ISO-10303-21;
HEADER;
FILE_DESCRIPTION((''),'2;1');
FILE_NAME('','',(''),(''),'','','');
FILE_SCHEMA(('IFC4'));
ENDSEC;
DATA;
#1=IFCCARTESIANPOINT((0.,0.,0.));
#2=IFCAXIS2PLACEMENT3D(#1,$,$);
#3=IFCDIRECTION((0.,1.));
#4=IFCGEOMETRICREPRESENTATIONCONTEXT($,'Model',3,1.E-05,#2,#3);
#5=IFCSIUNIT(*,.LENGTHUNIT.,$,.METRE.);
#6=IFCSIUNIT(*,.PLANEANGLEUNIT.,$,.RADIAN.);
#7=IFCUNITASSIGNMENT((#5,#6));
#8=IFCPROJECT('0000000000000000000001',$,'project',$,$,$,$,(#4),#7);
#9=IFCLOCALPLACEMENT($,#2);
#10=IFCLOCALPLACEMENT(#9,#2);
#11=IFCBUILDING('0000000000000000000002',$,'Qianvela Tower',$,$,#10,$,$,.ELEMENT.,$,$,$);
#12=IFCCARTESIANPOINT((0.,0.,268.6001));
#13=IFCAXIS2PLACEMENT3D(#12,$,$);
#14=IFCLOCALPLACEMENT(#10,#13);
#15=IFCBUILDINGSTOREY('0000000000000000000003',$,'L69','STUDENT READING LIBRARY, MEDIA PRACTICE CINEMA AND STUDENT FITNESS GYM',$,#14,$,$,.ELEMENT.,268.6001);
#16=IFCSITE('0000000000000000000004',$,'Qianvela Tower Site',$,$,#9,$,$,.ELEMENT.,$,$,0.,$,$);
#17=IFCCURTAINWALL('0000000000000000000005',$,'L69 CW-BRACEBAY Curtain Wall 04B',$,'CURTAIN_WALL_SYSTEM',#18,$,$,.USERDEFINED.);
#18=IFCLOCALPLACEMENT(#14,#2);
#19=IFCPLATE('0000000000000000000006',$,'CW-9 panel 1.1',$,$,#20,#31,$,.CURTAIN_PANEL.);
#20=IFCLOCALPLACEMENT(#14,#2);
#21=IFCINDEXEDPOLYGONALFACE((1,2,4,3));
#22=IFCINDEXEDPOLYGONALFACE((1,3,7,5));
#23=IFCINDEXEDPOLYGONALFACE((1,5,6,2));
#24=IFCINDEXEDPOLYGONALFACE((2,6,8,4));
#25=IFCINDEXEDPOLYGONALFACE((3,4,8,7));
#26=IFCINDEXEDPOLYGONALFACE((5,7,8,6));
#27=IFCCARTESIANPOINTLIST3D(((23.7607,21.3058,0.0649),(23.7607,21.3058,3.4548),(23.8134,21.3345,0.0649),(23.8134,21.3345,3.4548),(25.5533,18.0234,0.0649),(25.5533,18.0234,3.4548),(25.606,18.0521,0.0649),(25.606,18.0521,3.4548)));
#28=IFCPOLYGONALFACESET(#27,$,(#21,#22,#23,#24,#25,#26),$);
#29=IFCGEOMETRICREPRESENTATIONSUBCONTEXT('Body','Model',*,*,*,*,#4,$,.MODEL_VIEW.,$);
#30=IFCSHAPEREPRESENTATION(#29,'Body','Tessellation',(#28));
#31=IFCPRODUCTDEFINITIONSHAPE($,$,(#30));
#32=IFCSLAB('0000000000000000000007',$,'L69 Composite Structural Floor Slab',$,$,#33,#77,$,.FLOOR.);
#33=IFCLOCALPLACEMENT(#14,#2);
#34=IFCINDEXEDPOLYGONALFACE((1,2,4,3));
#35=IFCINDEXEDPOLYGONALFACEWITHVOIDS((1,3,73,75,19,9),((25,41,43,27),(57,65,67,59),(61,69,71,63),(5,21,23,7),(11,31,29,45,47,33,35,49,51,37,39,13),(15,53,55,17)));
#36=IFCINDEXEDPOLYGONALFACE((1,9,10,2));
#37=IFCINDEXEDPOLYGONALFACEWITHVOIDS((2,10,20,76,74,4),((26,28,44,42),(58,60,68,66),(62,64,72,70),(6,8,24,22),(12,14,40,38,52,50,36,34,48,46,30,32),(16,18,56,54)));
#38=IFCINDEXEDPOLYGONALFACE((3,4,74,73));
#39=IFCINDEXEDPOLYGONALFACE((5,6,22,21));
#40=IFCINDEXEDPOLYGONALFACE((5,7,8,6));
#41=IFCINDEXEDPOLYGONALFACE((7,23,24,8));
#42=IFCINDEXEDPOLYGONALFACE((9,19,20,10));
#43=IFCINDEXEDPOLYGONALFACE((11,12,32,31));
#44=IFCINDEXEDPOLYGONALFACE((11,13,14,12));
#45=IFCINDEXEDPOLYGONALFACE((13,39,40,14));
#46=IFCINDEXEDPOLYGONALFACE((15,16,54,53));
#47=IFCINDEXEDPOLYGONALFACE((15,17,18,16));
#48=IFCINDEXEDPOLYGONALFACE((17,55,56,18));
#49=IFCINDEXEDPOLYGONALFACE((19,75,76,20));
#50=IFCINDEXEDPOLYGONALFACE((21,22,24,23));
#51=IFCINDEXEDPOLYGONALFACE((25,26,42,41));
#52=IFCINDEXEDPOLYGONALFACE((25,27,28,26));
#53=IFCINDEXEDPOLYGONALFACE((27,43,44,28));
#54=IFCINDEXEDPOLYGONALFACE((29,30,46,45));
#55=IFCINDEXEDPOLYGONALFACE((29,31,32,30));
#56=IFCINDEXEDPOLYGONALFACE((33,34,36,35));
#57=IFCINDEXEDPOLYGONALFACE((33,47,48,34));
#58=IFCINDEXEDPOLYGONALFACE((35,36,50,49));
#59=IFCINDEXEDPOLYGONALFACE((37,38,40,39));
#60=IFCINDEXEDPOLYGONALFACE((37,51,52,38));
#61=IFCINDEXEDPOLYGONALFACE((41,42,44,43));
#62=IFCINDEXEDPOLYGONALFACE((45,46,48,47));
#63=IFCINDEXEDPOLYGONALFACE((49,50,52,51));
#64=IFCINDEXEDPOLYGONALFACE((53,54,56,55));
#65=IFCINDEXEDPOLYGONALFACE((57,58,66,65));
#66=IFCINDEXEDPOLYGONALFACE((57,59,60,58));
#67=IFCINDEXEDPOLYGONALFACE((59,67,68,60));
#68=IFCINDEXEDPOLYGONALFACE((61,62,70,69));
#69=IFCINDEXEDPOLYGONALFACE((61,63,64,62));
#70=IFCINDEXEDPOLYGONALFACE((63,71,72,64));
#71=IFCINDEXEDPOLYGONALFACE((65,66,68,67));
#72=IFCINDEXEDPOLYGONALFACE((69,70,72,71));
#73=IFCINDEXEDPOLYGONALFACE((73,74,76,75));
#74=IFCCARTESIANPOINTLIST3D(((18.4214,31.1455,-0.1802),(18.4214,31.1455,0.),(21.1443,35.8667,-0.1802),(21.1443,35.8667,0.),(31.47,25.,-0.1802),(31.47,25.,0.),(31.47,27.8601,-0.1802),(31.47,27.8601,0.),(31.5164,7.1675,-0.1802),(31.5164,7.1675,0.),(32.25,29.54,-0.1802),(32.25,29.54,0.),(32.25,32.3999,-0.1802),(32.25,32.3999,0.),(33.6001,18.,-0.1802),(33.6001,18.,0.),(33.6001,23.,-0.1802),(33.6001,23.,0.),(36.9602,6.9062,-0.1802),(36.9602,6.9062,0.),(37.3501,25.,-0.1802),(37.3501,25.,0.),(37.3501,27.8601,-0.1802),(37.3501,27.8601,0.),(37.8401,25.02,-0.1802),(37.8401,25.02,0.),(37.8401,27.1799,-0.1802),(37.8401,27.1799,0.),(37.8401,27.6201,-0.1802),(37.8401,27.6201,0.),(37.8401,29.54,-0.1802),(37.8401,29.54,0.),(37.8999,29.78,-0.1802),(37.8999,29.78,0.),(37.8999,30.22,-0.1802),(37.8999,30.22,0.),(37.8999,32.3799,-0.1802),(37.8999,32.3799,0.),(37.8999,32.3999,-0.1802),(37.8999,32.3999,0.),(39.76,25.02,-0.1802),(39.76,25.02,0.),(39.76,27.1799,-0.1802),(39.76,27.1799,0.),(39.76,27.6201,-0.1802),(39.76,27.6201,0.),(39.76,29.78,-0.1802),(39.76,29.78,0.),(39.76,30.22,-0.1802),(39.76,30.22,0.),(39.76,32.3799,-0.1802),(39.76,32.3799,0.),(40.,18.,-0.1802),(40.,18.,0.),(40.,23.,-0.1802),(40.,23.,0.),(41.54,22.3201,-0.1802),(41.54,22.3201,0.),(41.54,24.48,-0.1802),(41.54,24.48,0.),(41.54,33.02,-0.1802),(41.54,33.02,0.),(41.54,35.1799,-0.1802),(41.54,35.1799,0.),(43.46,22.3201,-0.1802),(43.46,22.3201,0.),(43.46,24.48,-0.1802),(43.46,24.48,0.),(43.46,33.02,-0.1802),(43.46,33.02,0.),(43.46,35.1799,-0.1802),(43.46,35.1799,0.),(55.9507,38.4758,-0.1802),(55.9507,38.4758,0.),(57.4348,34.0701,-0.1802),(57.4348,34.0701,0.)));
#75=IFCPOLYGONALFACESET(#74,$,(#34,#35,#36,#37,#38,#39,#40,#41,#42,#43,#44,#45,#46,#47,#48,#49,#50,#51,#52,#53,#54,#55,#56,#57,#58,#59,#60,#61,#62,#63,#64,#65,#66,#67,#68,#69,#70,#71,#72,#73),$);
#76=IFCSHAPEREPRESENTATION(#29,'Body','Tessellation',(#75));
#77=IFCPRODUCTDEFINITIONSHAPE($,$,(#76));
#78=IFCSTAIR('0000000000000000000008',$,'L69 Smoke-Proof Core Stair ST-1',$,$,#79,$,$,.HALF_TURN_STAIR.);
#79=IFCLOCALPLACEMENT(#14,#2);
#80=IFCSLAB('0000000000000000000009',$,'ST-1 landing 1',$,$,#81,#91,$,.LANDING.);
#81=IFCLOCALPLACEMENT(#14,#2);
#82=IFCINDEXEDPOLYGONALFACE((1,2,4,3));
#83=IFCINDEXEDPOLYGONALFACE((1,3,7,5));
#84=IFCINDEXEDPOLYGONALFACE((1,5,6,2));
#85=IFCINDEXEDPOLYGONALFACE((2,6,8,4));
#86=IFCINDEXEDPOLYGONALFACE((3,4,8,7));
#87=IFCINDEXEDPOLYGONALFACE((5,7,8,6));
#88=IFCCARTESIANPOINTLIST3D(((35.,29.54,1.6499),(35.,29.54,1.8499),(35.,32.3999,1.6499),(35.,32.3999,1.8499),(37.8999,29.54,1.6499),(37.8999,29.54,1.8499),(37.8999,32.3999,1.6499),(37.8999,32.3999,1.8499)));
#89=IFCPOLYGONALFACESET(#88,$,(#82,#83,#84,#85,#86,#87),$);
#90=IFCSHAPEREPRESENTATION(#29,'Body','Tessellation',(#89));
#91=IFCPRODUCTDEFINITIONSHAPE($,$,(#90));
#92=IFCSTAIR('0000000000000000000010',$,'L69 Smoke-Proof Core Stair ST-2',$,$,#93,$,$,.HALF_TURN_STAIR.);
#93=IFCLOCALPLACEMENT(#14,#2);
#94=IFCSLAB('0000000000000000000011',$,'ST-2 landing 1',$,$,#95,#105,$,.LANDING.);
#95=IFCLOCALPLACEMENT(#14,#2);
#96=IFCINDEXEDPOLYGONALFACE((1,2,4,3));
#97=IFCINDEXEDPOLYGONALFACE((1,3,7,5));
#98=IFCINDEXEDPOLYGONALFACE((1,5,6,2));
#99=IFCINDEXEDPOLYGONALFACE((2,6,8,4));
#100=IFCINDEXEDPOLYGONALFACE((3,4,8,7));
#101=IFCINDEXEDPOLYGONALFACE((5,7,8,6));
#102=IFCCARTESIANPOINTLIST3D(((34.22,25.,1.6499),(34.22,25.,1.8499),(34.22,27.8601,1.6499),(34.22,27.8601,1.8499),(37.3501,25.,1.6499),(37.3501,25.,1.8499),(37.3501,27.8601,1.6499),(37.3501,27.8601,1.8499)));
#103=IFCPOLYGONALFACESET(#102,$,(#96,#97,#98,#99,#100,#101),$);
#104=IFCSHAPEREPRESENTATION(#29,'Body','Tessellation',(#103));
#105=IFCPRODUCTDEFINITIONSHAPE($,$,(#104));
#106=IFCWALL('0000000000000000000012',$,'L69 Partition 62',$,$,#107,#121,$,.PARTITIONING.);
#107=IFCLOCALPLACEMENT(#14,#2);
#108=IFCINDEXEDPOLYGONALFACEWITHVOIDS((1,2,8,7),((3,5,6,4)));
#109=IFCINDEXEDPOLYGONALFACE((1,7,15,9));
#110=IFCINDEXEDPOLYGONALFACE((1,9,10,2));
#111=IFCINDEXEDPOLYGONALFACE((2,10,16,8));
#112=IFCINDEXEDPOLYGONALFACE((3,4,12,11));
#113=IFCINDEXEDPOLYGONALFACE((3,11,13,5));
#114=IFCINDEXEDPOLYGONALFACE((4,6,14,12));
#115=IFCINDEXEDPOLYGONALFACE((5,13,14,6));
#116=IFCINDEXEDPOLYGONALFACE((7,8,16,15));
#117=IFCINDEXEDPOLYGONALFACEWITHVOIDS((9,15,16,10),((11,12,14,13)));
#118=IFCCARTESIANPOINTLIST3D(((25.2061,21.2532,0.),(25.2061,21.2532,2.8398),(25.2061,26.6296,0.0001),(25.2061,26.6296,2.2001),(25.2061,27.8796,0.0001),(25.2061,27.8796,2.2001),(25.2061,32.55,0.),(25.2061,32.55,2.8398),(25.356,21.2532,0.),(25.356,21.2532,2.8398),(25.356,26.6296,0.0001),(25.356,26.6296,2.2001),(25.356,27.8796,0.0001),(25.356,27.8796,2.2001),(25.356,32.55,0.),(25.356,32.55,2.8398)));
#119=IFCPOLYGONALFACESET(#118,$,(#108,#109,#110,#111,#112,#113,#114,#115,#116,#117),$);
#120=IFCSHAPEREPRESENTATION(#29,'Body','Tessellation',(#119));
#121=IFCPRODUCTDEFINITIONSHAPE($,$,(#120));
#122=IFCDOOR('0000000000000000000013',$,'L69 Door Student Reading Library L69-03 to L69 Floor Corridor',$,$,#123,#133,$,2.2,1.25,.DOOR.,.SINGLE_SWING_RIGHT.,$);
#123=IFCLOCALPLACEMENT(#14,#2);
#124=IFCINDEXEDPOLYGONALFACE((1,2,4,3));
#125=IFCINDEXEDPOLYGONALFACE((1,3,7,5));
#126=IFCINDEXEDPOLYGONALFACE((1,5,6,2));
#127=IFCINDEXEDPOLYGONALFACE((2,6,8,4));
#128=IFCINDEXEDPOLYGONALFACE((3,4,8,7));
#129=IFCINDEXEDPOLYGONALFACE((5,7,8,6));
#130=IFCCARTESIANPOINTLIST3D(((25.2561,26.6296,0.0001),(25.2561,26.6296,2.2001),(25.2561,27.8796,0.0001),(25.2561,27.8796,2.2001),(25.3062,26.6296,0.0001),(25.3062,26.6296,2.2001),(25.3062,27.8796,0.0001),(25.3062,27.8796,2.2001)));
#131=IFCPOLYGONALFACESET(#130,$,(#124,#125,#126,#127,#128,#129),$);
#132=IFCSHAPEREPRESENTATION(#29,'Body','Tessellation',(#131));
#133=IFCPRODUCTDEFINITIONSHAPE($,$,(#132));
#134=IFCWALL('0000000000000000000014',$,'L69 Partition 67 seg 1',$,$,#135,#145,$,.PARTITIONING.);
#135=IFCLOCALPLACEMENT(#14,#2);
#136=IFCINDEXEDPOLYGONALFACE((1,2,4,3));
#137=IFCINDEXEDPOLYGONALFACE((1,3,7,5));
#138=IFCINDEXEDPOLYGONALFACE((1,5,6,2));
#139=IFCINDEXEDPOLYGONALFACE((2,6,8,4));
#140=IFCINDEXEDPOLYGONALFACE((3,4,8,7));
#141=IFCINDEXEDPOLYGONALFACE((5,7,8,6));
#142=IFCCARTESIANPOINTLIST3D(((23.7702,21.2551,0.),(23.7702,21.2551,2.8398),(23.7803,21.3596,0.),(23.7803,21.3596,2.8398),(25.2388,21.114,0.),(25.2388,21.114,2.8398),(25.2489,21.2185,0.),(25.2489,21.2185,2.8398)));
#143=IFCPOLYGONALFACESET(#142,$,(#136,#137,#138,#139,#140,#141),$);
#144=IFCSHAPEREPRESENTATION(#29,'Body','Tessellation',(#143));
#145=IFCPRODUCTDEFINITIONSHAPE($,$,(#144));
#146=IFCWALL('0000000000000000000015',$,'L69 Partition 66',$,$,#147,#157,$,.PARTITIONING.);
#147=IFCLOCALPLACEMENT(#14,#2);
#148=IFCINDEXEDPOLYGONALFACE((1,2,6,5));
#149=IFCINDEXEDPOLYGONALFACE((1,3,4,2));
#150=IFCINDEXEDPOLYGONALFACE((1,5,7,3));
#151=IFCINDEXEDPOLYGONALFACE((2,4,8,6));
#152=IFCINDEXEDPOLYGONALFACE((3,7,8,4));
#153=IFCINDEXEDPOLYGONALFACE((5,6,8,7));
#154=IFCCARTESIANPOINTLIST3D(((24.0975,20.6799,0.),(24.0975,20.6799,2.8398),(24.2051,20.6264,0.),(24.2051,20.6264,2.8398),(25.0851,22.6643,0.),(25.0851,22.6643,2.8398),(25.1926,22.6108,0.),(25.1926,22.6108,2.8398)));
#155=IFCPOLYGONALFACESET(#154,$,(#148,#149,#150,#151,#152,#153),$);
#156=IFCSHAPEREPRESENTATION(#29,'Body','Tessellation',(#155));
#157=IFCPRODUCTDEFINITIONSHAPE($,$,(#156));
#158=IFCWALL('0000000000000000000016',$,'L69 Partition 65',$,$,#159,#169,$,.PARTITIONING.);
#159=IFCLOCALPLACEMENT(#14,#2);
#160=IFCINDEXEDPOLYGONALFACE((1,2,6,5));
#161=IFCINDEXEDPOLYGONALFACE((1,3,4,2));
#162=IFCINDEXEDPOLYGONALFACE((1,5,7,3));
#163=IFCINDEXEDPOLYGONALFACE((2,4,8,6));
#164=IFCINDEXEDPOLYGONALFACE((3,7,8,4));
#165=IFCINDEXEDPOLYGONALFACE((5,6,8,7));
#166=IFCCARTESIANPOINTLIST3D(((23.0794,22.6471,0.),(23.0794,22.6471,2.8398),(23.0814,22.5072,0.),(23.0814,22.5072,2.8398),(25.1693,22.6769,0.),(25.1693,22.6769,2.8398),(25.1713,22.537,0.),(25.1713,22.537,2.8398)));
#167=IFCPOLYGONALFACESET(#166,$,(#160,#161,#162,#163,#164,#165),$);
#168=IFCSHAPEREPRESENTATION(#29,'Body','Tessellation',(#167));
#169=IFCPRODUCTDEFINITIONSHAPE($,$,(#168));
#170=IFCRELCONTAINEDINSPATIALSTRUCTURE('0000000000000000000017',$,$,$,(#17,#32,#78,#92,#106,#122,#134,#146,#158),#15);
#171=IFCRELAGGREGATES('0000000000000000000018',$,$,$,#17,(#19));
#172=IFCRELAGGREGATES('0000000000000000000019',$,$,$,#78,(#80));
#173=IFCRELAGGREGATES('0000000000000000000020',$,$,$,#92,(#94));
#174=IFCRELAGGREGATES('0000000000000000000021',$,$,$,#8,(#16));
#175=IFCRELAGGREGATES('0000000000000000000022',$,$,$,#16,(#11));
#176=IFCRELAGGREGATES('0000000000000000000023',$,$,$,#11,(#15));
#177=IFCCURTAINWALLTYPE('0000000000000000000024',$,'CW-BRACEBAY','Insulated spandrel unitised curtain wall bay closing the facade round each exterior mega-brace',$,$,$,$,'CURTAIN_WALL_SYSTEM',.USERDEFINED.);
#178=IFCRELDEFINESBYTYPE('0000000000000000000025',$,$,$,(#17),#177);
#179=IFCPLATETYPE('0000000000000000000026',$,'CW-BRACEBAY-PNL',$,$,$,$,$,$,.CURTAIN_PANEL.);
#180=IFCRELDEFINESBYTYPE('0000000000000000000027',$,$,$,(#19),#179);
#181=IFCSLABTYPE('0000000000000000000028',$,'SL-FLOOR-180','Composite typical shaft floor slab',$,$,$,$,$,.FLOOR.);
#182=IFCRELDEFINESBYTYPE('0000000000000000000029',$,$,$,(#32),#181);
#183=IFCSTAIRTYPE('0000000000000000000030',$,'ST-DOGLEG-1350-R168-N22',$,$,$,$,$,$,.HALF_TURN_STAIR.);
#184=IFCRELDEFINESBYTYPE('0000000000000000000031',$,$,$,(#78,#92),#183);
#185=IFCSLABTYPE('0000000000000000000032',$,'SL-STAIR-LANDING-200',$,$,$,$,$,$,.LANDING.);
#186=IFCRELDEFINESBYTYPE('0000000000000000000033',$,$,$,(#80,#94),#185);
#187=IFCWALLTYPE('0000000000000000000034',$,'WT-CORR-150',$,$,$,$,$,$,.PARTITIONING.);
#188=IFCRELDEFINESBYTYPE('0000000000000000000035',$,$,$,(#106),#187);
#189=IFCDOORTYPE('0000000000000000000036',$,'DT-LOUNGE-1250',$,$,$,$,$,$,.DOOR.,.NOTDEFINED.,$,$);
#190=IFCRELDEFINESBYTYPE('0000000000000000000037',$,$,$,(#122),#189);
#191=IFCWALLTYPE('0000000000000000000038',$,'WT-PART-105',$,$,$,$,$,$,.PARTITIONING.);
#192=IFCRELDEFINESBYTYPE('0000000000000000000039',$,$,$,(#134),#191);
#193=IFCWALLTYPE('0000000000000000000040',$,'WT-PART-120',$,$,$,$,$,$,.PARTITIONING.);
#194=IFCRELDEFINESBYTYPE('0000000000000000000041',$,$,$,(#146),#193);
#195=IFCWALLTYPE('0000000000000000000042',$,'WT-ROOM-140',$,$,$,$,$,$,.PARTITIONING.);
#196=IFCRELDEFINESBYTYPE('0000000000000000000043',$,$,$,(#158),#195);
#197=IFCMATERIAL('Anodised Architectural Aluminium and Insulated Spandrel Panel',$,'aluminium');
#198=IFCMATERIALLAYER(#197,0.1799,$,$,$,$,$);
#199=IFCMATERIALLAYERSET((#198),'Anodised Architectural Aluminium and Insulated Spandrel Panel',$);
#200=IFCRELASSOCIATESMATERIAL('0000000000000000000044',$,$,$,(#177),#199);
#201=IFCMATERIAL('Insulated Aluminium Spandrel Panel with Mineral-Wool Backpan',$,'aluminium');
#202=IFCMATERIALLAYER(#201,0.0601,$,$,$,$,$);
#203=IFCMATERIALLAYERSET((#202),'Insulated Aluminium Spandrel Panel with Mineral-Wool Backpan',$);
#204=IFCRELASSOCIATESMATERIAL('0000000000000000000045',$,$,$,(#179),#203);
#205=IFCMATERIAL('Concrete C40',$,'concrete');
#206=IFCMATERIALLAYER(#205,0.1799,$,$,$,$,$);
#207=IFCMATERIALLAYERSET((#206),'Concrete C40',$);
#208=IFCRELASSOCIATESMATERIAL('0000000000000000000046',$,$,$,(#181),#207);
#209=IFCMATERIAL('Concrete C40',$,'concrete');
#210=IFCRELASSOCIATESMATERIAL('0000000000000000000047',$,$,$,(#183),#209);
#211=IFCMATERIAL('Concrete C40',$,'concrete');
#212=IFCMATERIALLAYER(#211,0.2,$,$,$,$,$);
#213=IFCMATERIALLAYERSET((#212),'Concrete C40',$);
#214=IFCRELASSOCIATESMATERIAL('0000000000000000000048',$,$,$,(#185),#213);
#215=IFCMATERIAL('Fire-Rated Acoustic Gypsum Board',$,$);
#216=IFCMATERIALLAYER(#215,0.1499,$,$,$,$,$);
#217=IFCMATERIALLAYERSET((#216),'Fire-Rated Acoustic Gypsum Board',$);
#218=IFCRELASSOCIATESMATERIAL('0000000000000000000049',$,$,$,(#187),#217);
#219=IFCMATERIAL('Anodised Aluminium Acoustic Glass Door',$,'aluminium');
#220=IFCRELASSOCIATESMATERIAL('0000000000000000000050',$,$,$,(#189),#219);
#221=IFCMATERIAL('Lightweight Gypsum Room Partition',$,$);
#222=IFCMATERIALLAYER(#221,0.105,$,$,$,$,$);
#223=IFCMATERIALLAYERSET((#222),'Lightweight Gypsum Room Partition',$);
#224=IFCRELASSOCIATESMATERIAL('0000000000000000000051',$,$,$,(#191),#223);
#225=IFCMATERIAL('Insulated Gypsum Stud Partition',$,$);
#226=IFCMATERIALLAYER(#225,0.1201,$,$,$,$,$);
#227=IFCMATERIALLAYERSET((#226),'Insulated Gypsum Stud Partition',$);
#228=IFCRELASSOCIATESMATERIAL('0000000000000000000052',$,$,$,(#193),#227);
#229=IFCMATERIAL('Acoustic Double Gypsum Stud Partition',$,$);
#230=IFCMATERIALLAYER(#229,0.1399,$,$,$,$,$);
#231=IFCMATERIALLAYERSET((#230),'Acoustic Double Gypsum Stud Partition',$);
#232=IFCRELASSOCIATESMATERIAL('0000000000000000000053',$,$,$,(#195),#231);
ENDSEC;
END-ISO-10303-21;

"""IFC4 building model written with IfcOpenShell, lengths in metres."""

from ifc_helpers import new_model, si_unit, direction, frame, frame_2d, origin, origin_2d, place, context, subcontext, project, spatial, polyline, rectangle, outline, extrude, material, layer, layer_set, type_object, element, fill, aggregate, save


model = new_model("IFC4")

# Units and contexts
model_context = context("Model", 3, precision=1e-05, world=origin(), true_north=direction((0.0, 1.0)))
body_context = subcontext(model_context, "Body", "Model", "MODEL_VIEW")
ifc_project = project(units=[si_unit("LENGTHUNIT", "METRE"), si_unit("PLANEANGLEUNIT", "RADIAN")], contexts=[model_context])

# Site, building, storey
site_placement = place(None, origin())
site = spatial("IfcSite", under=ifc_project, at=site_placement, Name="Qianvela Tower Site", CompositionType="ELEMENT", RefElevation=0.0)
building_placement = place(site_placement, origin())
building = spatial("IfcBuilding", under=site, at=building_placement, Name="Qianvela Tower", CompositionType="ELEMENT")
storey_placement = place(building_placement, frame((0.0, 0.0, 268.6001)))
storey = spatial("IfcBuildingStorey", under=building, at=storey_placement, Name="L69", Description="STUDENT READING LIBRARY, MEDIA PRACTICE CINEMA AND STUDENT FITNESS GYM", CompositionType="ELEMENT", Elevation=268.6001)

# Curtain wall
ifc_material_1 = material(Name="Anodised Architectural Aluminium and Insulated Spandrel Panel", Category="aluminium")
ifc_layer_1 = layer(ifc_material_1, 0.1799)
ifc_layer_set_1 = layer_set([ifc_layer_1], Name="Anodised Architectural Aluminium and Insulated Spandrel Panel")
curtain_wall_type_1 = type_object("IfcCurtainWallType", Name="CW-BRACEBAY", Description="Insulated spandrel unitised curtain wall bay closing the facade round each exterior mega-brace", ElementType="CURTAIN_WALL_SYSTEM", PredefinedType="USERDEFINED", material=ifc_layer_set_1)
curtain_wall_1_placement = place(storey_placement, origin())
curtain_wall_1 = element("IfcCurtainWall", 1, at=curtain_wall_1_placement, inside=storey, type_object=curtain_wall_type_1, Name="L69 CW-BRACEBAY Curtain Wall 04B", ObjectType="CURTAIN_WALL_SYSTEM", PredefinedType="USERDEFINED")

# Plate
ifc_material_2 = material(Name="Insulated Aluminium Spandrel Panel with Mineral-Wool Backpan", Category="aluminium")
ifc_layer_2 = layer(ifc_material_2, 0.0601)
ifc_layer_set_2 = layer_set([ifc_layer_2], Name="Insulated Aluminium Spandrel Panel with Mineral-Wool Backpan")
plate_type = type_object("IfcPlateType", Name="CW-BRACEBAY-PNL", PredefinedType="CURTAIN_PANEL", material=ifc_layer_set_2)
plate_placement = place(storey_placement, frame((24.6833, 19.679, 0.0649), z_axis=(0.0, 0.0, 1.0), x_axis=(0.479303, -0.87765, 0.0)))
plate = element("IfcPlate", 2, at=plate_placement, type_object=plate_type, Name="CW-9 panel 1.1", PredefinedType="CURTAIN_PANEL", context=body_context, shape_type="SweptSolid", body=[
    extrude(rectangle(XDim=3.74, YDim=0.0601, at=origin_2d()), origin(), (0.0, 0.0, 1.0), 3.3899),
])
aggregate(curtain_wall_1, [plate])

# Slab
ifc_material_3 = material(Name="Concrete C40", Category="concrete")
ifc_layer_3 = layer(ifc_material_3, 0.1799)
ifc_layer_set_3 = layer_set([ifc_layer_3], Name="Concrete C40")
slab_type_1 = type_object("IfcSlabType", Name="SL-FLOOR-180", Description="Composite typical shaft floor slab", PredefinedType="FLOOR", material=ifc_layer_set_3)
slab_1_placement = place(storey_placement, frame((0.0, 0.0, -0.1802)))
element("IfcSlab", 3, at=slab_1_placement, inside=storey, type_object=slab_type_1, Name="L69 Composite Structural Floor Slab", PredefinedType="FLOOR", context=body_context, shape_type="SweptSolid", body=[
    extrude(outline(polyline([(57.4348, 34.0701), (55.9507, 38.4758), (21.1443, 35.8667), (18.4214, 31.1455), (31.5164, 7.1675), (36.9602, 6.9062), (57.4348, 34.0701)]), holes=[polyline([(40.0, 23.0), (33.6001, 23.0), (33.6001, 18.0), (40.0, 18.0), (40.0, 23.0)]), polyline([(43.46, 24.48), (41.54, 24.48), (41.54, 22.3201), (43.46, 22.3201), (43.46, 24.48)]), polyline([(39.76, 27.1799), (37.8401, 27.1799), (37.8401, 25.02), (39.76, 25.02), (39.76, 27.1799)]), polyline([(37.3501, 27.8601), (31.47, 27.8601), (31.47, 25.0), (37.3501, 25.0), (37.3501, 27.8601)]), polyline([(39.76, 27.6201), (39.76, 29.78), (37.8999, 29.78), (37.8999, 30.22), (39.76, 30.22), (39.76, 32.3799), (37.8999, 32.3799), (37.8999, 32.3999), (32.25, 32.3999), (32.25, 29.54), (37.8401, 29.54), (37.8401, 27.6201), (39.76, 27.6201)]), polyline([(43.46, 35.1799), (41.54, 35.1799), (41.54, 33.02), (43.46, 33.02), (43.46, 35.1799)])]), origin(), (0.0, 0.0, 1.0), 0.1802),
])

# Stairs, slabs
ifc_material_4 = material(Name="Concrete C40", Category="concrete")
stair_type = type_object("IfcStairType", Name="ST-DOGLEG-1350-R168-N22", PredefinedType="HALF_TURN_STAIR", material=ifc_material_4)
stair_1_placement = place(storey_placement, origin())
stair_1 = element("IfcStair", 4, at=stair_1_placement, inside=storey, type_object=stair_type, Name="L69 Smoke-Proof Core Stair ST-1", PredefinedType="HALF_TURN_STAIR")
ifc_material_5 = material(Name="Concrete C40", Category="concrete")
ifc_layer_4 = layer(ifc_material_5, 0.2)
ifc_layer_set_4 = layer_set([ifc_layer_4], Name="Concrete C40")
slab_type_2 = type_object("IfcSlabType", Name="SL-STAIR-LANDING-200", PredefinedType="LANDING", material=ifc_layer_set_4)
slab_2_placement = place(storey_placement, frame((0.0, 0.0, 1.6499)))
slab_2 = element("IfcSlab", 5, at=slab_2_placement, type_object=slab_type_2, Name="ST-1 landing 1", PredefinedType="LANDING", context=body_context, shape_type="SweptSolid", body=[
    extrude(outline(polyline([(35.0, 29.54), (37.8999, 29.54), (37.8999, 32.3999), (35.0, 32.3999), (35.0, 29.54)])), origin(), (0.0, 0.0, 1.0), 0.2),
])
aggregate(stair_1, [slab_2])
stair_2_placement = place(storey_placement, origin())
stair_2 = element("IfcStair", 6, at=stair_2_placement, inside=storey, type_object=stair_type, Name="L69 Smoke-Proof Core Stair ST-2", PredefinedType="HALF_TURN_STAIR")
slab_3_placement = place(storey_placement, frame((0.0, 0.0, 1.6499)))
slab_3 = element("IfcSlab", 7, at=slab_3_placement, type_object=slab_type_2, Name="ST-2 landing 1", PredefinedType="LANDING", context=body_context, shape_type="SweptSolid", body=[
    extrude(outline(polyline([(34.22, 25.0), (37.3501, 25.0), (37.3501, 27.8601), (34.22, 27.8601), (34.22, 25.0)])), origin(), (0.0, 0.0, 1.0), 0.2),
])
aggregate(stair_2, [slab_3])

# Wall, opening, door
ifc_material_6 = material(Name="Fire-Rated Acoustic Gypsum Board")
ifc_layer_5 = layer(ifc_material_6, 0.1499)
ifc_layer_set_5 = layer_set([ifc_layer_5], Name="Fire-Rated Acoustic Gypsum Board")
wall_type_1 = type_object("IfcWallType", Name="WT-CORR-150", PredefinedType="PARTITIONING", material=ifc_layer_set_5)
wall_1_placement = place(storey_placement, frame((25.281, 21.2532, 0.0), z_axis=(0.0, 0.0, 1.0), x_axis=(0.0, 1.0, 0.0)))
wall_1 = element("IfcWall", 8, at=wall_1_placement, inside=storey, type_object=wall_type_1, Name="L69 Partition 62", PredefinedType="PARTITIONING", context=body_context, shape_type="SweptSolid", body=[
    extrude(rectangle(XDim=11.2969, YDim=0.1499, at=frame_2d((5.6484, 0.0))), origin(), (0.0, 0.0, 1.0), 2.8398),
])
opening_placement = place(wall_1_placement, frame((5.3765, 0.0, 0.0)))
opening = element("IfcOpeningElement", 9, at=opening_placement, cuts=wall_1, PredefinedType="OPENING", context=body_context, shape_type="SweptSolid", body=[
    extrude(rectangle(XDim=1.25, YDim=2.2, at=frame_2d((0.625, 1.1001))), frame((0.0, 0.085, 0.0), z_axis=(0.0, -1.0, 0.0), x_axis=(1.0, 0.0, 0.0)), (0.0, 0.0, 1.0), 0.1699),
])
ifc_material_7 = material(Name="Anodised Aluminium Acoustic Glass Door", Category="aluminium")
door_type = type_object("IfcDoorType", Name="DT-LOUNGE-1250", OperationType="NOTDEFINED", PredefinedType="DOOR", material=ifc_material_7)
door_placement = place(opening_placement, origin())
door = element("IfcDoor", 10, at=door_placement, inside=storey, type_object=door_type, Name="L69 Door Student Reading Library L69-03 to L69 Floor Corridor", OperationType="SINGLE_SWING_RIGHT", OverallHeight=2.2, OverallWidth=1.25, PredefinedType="DOOR", context=body_context, shape_type="SweptSolid", body=[
    extrude(rectangle(XDim=1.25, YDim=2.2, at=frame_2d((0.625, 1.1001))), frame((0.0, 0.0249, 0.0), z_axis=(0.0, -1.0, 0.0), x_axis=(1.0, 0.0, 0.0)), (0.0, 0.0, 1.0), 0.05),
])
fill(opening, door)

# Walls
ifc_material_8 = material(Name="Lightweight Gypsum Room Partition")
ifc_layer_6 = layer(ifc_material_8, 0.105)
ifc_layer_set_6 = layer_set([ifc_layer_6], Name="Lightweight Gypsum Room Partition")
wall_type_2 = type_object("IfcWallType", Name="WT-PART-105", PredefinedType="PARTITIONING", material=ifc_layer_set_6)
wall_2_placement = place(storey_placement, frame((23.7751, 21.3074, 0.0), z_axis=(0.0, 0.0, 1.0), x_axis=(0.995415, -0.095652, 0.0)))
element("IfcWall", 11, at=wall_2_placement, inside=storey, type_object=wall_type_2, Name="L69 Partition 67 seg 1", PredefinedType="PARTITIONING", context=body_context, shape_type="SweptSolid", body=[
    extrude(rectangle(XDim=1.4753, YDim=0.105, at=frame_2d((0.7378, 0.0))), origin(), (0.0, 0.0, 1.0), 2.8398),
])
ifc_material_9 = material(Name="Insulated Gypsum Stud Partition")
ifc_layer_7 = layer(ifc_material_9, 0.1201)
ifc_layer_set_7 = layer_set([ifc_layer_7], Name="Insulated Gypsum Stud Partition")
wall_type_3 = type_object("IfcWallType", Name="WT-PART-120", PredefinedType="PARTITIONING", material=ifc_layer_set_7)
wall_3_placement = place(storey_placement, frame((25.1389, 22.6377, 0.0), z_axis=(0.0, 0.0, 1.0), x_axis=(-0.445539, -0.895263, 0.0)))
element("IfcWall", 12, at=wall_3_placement, inside=storey, type_object=wall_type_3, Name="L69 Partition 66", PredefinedType="PARTITIONING", context=body_context, shape_type="SweptSolid", body=[
    extrude(rectangle(XDim=2.2166, YDim=0.1201, at=frame_2d((1.1084, 0.0))), origin(), (0.0, 0.0, 1.0), 2.8398),
])
ifc_material_10 = material(Name="Acoustic Double Gypsum Stud Partition")
ifc_layer_8 = layer(ifc_material_10, 0.1399)
ifc_layer_set_8 = layer_set([ifc_layer_8], Name="Acoustic Double Gypsum Stud Partition")
wall_type_4 = type_object("IfcWallType", Name="WT-ROOM-140", PredefinedType="PARTITIONING", material=ifc_layer_set_8)
wall_4_placement = place(storey_placement, frame((23.0806, 22.5771, 0.0), z_axis=(0.0, 0.0, 1.0), x_axis=(0.999898, 0.014251, 0.0)))
element("IfcWall", 13, at=wall_4_placement, inside=storey, type_object=wall_type_4, Name="L69 Partition 65", PredefinedType="PARTITIONING", context=body_context, shape_type="SweptSolid", body=[
    extrude(rectangle(XDim=2.0901, YDim=0.1399, at=frame_2d((1.0449, 0.0))), origin(), (0.0, 0.0, 1.0), 2.8398),
])

save(model, "model.ifc")
